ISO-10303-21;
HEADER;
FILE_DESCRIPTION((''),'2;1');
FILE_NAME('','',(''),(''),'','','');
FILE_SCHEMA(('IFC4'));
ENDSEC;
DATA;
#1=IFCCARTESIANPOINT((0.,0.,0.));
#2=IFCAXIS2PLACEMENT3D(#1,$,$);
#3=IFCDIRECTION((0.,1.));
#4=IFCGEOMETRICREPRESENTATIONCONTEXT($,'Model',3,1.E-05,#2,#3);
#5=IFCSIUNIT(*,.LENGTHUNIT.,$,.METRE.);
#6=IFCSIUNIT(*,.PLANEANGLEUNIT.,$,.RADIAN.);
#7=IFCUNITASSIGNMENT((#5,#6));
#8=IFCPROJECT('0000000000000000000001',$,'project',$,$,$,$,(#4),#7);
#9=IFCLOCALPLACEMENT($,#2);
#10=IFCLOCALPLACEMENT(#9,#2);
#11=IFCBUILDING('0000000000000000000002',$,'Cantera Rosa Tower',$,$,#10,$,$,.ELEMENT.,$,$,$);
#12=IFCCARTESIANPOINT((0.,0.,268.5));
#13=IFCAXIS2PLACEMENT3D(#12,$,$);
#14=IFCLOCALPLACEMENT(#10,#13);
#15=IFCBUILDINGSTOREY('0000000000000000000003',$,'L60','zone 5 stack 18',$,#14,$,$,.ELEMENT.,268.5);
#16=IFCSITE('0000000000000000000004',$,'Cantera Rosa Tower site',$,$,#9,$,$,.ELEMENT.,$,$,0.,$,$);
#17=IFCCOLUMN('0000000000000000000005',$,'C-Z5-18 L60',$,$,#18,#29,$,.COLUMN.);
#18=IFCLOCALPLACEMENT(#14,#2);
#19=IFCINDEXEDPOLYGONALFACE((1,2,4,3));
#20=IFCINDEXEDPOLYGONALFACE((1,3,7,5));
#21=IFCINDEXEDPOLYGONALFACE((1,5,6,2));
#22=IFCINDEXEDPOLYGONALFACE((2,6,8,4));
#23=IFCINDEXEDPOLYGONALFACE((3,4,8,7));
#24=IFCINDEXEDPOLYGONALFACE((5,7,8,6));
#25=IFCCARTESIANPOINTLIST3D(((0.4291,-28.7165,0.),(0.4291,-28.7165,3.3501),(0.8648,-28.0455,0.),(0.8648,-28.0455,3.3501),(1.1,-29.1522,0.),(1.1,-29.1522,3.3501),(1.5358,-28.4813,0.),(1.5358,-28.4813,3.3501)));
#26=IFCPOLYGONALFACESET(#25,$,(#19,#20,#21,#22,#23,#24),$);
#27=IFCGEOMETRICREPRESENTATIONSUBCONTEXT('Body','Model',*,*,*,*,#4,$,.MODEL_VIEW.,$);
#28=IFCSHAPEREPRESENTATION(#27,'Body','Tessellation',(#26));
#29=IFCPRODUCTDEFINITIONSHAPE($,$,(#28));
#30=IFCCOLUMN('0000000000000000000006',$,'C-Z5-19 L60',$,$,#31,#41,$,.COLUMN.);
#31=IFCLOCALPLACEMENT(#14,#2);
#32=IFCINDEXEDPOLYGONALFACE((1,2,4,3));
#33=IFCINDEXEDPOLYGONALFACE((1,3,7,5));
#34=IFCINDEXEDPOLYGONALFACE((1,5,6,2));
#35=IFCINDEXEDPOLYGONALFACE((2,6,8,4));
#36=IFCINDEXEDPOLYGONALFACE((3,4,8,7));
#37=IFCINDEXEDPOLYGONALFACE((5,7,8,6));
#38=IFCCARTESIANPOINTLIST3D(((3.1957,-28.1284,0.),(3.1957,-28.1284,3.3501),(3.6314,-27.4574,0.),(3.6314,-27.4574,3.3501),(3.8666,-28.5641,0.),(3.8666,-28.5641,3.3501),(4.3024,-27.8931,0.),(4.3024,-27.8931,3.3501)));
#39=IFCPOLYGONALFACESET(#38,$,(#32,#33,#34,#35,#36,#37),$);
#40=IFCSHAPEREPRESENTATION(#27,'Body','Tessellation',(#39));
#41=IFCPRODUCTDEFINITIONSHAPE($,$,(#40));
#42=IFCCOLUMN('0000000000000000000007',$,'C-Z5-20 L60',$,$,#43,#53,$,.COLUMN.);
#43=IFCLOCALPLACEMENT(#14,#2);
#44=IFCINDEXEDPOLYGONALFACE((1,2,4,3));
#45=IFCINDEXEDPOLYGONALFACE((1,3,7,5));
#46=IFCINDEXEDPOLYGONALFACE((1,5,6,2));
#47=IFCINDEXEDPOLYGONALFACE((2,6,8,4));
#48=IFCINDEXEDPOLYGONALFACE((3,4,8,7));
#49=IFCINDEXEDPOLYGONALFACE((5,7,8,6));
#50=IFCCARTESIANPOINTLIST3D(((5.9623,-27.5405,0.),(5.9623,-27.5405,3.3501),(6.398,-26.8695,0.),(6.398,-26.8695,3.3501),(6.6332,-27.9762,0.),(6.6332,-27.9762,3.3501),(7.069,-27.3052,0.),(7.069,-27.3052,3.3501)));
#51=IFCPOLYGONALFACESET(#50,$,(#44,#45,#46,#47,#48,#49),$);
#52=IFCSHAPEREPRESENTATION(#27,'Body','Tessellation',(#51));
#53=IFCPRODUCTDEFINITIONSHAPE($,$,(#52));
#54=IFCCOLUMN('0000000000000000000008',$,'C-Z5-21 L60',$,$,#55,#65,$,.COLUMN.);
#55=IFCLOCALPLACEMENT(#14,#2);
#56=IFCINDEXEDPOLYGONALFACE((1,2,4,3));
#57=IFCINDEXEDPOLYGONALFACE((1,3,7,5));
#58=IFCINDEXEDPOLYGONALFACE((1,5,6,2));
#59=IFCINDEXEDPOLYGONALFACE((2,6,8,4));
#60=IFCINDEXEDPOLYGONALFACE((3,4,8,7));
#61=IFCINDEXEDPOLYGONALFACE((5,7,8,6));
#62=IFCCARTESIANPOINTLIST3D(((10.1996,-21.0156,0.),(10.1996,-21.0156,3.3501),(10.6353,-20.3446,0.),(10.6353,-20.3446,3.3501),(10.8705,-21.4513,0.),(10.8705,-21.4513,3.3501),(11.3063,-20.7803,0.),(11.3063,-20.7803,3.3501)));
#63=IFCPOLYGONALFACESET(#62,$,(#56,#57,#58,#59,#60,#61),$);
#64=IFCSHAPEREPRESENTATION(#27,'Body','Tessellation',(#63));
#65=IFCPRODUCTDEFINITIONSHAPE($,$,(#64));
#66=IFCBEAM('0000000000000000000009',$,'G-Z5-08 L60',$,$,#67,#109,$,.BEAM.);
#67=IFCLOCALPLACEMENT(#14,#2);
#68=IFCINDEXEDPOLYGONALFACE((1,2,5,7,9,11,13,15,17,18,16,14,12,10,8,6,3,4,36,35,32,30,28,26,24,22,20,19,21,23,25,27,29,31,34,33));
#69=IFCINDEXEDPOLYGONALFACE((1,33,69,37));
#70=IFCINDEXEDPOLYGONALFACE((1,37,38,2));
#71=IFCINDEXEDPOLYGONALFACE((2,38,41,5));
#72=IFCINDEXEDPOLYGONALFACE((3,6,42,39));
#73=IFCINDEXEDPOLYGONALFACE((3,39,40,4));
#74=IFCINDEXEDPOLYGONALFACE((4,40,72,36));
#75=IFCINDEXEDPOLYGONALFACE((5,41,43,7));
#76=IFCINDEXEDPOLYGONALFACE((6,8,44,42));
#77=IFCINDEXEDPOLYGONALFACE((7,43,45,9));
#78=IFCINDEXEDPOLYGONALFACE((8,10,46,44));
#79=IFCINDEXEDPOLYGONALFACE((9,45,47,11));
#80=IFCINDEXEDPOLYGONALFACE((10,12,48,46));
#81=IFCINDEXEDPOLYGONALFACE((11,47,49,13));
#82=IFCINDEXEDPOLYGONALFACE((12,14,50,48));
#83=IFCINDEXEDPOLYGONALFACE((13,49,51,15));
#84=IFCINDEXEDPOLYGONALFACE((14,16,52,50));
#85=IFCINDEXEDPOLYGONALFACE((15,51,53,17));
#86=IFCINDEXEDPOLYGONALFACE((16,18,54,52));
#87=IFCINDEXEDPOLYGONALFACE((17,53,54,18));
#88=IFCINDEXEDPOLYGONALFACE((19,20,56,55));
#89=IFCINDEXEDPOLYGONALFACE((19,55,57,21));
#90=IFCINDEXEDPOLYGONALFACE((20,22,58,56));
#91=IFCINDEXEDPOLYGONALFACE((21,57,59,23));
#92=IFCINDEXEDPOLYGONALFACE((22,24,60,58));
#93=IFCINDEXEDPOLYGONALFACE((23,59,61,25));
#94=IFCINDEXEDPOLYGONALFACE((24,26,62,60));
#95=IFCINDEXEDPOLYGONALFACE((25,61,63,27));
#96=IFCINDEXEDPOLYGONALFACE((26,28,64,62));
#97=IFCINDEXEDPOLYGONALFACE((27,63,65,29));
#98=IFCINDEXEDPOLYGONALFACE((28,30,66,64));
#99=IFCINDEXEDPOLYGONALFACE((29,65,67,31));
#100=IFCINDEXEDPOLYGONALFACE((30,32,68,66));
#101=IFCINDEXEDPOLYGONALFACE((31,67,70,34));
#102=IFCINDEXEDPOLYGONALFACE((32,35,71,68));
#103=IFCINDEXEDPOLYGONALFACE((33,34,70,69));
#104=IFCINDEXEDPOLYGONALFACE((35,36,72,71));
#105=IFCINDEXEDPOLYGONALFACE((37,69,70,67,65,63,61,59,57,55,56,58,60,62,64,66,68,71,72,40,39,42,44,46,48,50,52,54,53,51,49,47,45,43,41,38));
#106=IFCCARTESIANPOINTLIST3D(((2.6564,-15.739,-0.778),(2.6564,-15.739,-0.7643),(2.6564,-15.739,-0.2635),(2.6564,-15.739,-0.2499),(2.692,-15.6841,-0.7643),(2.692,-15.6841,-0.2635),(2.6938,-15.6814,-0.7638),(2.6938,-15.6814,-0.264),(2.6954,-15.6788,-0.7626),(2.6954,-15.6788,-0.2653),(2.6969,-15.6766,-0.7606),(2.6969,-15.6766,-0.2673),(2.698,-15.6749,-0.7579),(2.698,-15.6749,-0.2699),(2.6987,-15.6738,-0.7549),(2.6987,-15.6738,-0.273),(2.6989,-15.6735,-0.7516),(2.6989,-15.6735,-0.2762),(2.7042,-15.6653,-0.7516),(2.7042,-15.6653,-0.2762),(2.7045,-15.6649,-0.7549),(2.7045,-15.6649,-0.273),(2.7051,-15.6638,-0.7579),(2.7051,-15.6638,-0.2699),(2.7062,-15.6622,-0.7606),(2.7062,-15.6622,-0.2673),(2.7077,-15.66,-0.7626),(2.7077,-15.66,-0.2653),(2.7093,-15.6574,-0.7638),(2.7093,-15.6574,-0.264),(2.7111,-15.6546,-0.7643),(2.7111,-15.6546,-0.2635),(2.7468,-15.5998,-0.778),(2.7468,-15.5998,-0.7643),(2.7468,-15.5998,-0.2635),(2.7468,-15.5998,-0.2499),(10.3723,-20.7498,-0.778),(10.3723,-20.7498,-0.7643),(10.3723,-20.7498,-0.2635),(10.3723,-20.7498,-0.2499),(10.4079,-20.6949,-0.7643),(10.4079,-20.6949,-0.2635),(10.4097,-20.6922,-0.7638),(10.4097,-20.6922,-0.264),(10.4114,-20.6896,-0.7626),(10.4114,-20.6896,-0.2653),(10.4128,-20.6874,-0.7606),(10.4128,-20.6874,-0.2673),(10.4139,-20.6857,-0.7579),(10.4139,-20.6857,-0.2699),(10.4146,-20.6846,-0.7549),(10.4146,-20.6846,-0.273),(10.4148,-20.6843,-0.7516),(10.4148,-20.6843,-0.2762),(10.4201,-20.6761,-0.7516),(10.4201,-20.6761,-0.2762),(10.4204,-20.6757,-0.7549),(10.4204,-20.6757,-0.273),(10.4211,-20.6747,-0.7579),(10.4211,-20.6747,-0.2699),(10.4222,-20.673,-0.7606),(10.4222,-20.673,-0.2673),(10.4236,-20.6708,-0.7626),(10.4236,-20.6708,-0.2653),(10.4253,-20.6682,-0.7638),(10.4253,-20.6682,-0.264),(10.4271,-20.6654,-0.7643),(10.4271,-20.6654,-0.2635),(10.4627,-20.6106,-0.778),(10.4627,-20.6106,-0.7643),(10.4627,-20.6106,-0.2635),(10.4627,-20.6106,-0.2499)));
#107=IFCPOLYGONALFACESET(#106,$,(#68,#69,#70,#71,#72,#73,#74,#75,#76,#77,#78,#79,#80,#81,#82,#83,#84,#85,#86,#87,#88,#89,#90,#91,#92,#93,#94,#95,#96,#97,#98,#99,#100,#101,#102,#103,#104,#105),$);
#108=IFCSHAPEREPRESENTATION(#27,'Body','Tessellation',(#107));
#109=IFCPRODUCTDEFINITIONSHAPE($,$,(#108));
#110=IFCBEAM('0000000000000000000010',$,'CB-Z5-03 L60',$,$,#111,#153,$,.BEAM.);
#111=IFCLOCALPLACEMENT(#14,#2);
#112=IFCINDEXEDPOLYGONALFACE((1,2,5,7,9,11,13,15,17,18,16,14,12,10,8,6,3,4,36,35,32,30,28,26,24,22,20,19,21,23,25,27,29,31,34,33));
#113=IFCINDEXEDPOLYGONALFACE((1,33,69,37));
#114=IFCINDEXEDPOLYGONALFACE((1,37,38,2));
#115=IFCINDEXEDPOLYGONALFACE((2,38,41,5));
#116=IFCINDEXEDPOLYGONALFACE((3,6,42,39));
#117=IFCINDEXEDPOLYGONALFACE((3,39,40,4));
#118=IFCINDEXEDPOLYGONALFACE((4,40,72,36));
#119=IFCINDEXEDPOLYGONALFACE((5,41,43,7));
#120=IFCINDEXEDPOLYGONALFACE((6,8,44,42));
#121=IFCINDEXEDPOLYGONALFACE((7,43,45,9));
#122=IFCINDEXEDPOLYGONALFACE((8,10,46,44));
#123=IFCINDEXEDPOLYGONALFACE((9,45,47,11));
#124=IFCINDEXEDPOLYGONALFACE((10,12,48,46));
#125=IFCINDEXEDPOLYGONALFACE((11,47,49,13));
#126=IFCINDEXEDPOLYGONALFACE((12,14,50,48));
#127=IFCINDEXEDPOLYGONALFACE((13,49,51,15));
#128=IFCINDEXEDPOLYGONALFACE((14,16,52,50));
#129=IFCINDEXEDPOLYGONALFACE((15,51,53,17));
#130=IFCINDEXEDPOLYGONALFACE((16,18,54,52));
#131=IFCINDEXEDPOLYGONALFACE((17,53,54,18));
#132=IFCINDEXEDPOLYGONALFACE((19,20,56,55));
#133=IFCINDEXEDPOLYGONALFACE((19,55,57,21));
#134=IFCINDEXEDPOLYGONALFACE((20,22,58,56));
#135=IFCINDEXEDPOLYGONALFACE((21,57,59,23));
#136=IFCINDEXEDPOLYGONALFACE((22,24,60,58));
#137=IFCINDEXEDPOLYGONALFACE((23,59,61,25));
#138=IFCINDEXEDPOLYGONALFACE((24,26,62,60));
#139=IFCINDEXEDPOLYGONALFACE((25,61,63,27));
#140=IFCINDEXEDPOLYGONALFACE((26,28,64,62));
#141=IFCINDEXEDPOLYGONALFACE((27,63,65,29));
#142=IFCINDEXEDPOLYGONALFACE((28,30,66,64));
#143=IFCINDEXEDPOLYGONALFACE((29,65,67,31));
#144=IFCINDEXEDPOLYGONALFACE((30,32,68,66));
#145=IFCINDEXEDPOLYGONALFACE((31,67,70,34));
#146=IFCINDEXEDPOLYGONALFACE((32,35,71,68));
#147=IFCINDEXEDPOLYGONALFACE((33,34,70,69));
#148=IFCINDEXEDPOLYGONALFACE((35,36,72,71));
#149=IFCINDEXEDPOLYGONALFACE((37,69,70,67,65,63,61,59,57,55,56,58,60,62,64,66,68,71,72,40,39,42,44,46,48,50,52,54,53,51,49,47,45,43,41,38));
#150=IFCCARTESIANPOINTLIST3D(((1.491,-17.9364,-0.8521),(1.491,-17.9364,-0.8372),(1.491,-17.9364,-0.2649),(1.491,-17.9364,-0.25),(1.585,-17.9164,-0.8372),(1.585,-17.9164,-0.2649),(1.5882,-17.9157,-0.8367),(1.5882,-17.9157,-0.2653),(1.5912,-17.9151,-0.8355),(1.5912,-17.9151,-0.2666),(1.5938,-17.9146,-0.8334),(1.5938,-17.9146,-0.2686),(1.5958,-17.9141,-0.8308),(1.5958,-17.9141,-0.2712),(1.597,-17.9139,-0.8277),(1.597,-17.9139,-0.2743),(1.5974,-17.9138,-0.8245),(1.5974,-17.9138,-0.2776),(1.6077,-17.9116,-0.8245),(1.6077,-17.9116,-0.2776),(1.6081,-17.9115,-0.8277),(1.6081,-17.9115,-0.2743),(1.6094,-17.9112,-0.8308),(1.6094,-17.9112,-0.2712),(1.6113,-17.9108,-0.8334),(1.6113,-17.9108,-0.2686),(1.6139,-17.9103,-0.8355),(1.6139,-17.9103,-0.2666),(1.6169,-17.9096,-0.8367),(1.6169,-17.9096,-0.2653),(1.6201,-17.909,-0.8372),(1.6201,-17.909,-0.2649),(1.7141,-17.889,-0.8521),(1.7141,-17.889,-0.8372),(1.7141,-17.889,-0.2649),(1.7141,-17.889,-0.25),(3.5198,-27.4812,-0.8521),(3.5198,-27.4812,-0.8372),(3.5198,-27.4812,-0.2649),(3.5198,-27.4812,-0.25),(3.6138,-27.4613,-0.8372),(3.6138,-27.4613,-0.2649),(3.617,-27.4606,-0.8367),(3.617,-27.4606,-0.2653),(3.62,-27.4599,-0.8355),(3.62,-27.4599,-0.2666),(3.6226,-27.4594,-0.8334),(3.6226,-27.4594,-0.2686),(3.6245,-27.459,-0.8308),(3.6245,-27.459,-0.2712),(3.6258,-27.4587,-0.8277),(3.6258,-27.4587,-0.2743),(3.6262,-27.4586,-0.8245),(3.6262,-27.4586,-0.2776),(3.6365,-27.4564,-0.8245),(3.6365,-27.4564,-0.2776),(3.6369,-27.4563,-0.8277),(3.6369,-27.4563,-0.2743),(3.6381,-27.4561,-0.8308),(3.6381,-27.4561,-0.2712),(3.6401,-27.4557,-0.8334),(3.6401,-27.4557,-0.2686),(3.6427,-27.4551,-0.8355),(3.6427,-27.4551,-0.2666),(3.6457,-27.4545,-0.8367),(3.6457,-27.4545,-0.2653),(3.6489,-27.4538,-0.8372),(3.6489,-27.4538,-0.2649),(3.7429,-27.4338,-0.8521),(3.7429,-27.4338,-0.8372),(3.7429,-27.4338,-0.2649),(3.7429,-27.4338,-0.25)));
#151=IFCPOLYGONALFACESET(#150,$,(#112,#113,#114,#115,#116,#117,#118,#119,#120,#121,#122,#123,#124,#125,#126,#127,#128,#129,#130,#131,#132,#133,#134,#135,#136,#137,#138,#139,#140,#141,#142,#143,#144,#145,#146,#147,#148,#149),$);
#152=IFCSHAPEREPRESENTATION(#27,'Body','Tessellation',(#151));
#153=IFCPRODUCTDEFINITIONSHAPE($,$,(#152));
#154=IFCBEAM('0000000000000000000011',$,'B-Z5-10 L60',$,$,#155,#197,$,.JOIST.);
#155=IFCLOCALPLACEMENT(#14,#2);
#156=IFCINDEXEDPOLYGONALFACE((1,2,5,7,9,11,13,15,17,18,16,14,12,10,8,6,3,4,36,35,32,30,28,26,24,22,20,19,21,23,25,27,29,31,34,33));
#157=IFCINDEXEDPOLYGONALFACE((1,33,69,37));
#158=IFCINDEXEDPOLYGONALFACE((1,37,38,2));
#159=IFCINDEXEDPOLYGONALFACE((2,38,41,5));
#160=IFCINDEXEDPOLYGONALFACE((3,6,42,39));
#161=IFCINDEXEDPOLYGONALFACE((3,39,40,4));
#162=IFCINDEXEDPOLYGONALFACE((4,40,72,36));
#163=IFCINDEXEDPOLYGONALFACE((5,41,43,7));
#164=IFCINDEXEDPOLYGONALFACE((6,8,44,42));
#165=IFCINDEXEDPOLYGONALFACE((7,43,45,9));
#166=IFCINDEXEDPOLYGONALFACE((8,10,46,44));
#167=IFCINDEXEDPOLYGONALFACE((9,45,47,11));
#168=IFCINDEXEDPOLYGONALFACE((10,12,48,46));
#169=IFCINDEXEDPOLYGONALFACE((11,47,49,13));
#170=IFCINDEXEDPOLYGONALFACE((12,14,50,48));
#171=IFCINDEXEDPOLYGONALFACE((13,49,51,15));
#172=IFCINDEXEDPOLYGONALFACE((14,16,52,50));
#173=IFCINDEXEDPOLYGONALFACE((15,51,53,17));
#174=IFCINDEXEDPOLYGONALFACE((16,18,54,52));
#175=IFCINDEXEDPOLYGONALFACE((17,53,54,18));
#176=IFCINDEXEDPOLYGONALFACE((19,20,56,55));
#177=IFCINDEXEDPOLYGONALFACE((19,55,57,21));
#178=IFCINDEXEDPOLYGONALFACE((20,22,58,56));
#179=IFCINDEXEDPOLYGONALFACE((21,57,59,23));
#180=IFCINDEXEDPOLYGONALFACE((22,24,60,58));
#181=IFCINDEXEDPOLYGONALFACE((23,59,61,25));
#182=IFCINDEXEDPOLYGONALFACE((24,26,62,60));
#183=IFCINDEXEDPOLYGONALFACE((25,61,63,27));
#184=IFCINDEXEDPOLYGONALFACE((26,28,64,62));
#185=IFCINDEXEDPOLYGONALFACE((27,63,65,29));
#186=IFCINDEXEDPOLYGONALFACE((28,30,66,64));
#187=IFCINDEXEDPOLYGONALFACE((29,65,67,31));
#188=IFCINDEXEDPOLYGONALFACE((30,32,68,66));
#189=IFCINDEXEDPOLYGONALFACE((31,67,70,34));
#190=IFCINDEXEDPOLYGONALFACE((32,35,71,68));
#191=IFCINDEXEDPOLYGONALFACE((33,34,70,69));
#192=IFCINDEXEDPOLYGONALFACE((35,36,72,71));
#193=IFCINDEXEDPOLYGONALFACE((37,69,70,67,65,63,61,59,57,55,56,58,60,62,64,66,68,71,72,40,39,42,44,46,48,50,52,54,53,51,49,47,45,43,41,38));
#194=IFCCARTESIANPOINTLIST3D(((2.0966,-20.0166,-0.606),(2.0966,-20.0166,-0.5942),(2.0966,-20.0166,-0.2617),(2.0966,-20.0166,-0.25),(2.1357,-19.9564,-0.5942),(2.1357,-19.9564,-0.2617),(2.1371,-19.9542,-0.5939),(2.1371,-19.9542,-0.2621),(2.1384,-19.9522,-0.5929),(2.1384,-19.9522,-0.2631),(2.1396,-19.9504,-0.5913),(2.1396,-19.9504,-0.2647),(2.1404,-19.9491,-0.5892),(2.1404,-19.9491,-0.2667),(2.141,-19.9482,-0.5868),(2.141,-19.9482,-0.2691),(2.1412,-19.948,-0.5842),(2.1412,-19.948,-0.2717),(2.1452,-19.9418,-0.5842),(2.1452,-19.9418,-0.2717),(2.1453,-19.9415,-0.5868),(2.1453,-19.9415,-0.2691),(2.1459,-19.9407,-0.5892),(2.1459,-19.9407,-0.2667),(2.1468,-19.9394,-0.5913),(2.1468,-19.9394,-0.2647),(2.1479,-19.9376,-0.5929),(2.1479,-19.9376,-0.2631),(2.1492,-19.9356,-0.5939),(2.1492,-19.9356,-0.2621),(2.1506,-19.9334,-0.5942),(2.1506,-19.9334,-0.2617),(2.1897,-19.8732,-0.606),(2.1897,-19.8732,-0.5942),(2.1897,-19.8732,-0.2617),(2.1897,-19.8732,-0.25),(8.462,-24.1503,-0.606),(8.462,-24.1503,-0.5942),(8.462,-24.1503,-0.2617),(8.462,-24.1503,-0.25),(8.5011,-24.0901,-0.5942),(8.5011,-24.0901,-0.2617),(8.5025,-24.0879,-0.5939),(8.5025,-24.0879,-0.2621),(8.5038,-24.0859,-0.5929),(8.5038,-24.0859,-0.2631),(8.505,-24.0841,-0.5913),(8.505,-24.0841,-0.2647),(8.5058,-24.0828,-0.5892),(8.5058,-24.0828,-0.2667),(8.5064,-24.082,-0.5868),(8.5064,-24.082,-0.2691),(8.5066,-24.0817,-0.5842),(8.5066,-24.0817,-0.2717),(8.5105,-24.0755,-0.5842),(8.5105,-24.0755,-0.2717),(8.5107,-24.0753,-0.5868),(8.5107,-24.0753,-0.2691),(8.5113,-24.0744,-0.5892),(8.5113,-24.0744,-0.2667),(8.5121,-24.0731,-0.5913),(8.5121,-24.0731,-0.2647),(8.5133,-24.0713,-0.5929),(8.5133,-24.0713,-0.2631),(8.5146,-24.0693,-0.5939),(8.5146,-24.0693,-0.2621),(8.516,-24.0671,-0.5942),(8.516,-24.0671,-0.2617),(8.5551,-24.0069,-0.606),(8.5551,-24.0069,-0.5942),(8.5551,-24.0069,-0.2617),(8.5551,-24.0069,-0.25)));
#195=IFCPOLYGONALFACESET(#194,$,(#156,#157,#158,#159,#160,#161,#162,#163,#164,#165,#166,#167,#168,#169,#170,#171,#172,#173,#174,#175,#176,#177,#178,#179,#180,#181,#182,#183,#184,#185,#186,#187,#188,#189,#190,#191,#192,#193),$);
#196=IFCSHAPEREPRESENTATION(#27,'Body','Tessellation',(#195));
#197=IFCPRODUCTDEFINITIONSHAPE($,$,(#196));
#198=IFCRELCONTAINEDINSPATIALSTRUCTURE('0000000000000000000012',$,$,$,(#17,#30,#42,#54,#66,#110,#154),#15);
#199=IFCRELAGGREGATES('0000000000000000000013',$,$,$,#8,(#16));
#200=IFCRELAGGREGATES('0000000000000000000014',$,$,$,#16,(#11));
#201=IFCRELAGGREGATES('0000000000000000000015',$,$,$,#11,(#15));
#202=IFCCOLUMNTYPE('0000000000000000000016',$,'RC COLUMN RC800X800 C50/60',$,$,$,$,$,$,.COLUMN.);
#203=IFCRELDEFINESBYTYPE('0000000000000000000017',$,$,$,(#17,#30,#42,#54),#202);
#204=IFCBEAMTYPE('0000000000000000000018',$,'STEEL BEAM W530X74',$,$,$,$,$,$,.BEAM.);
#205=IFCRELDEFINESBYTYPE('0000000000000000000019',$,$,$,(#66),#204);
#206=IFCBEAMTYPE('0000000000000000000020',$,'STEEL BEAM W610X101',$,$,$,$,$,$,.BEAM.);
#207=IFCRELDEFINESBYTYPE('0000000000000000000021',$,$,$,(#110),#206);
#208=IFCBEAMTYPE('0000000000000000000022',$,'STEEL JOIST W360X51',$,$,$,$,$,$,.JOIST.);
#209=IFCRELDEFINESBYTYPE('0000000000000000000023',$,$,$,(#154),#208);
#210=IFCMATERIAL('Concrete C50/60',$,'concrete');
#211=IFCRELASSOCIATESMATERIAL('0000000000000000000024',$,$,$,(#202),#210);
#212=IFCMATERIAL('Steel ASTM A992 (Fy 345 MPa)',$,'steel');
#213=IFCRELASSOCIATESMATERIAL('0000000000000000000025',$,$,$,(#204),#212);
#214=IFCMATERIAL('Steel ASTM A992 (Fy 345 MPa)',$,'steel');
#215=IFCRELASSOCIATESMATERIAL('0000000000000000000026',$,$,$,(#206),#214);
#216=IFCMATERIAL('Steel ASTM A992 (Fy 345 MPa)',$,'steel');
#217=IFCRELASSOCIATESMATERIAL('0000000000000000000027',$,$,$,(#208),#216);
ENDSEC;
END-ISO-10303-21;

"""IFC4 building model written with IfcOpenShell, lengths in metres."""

from ifc_helpers import new_model, si_unit, direction, frame, origin, origin_2d, place, context, subcontext, project, spatial, rectangle, i_section, extrude, material, material_profile, profile_set, type_object, element, save


model = new_model("IFC4")

# Units and contexts
model_context = context("Model", 3, precision=1e-05, world=origin(), true_north=direction((0.0, 1.0)))
body_context = subcontext(model_context, "Body", "Model", "MODEL_VIEW")
ifc_project = project(units=[si_unit("LENGTHUNIT", "METRE"), si_unit("PLANEANGLEUNIT", "RADIAN")], contexts=[model_context])

# Site, building, storey
site_placement = place(None, origin())
site = spatial("IfcSite", under=ifc_project, at=site_placement, Name="Cantera Rosa Tower site", CompositionType="ELEMENT", RefElevation=0.0)
building_placement = place(site_placement, origin())
building = spatial("IfcBuilding", under=site, at=building_placement, Name="Cantera Rosa Tower", CompositionType="ELEMENT")
storey_placement = place(building_placement, frame((0.0, 0.0, 268.5)))
storey = spatial("IfcBuildingStorey", under=building, at=storey_placement, Name="L60", Description="zone 5 stack 18", CompositionType="ELEMENT", Elevation=268.5)

# Columns
ifc_material_1 = material(Name="Concrete C50/60", Category="concrete")
ifc_material_profile_1 = material_profile(ifc_material_1, rectangle(XDim=0.8, YDim=0.8, at=origin_2d()), Name="RC COLUMN RC800X800 C50/60")
ifc_profile_set_1 = profile_set([ifc_material_profile_1], Name="Concrete C50/60")
column_type = type_object("IfcColumnType", Name="RC COLUMN RC800X800 C50/60", PredefinedType="COLUMN", material=ifc_profile_set_1)
for number, where, z_axis, x_axis, name in (
    (1, (0.9824, -28.5989, 0.0), (0.0, 0.0, 1.0), (0.544639, 0.838671, 0.0), "C-Z5-18 L60"),
    (2, (3.749, -28.0107, 0.0), (0.0, 0.0, 1.0), (0.544639, 0.838671, 0.0), "C-Z5-19 L60"),
    (3, (6.5156, -27.4229, 0.0), (0.0, 0.0, 1.0), (0.544639, 0.838671, 0.0), "C-Z5-20 L60"),
    (4, (10.7529, -20.8979, 0.0), (0.0, 0.0, 1.0), (0.544639, 0.838671, 0.0), "C-Z5-21 L60"),
):
    element("IfcColumn", number, at=place(storey_placement, frame(where, z_axis=z_axis, x_axis=x_axis)), inside=storey, type_object=column_type, Name=name, PredefinedType="COLUMN", context=body_context, shape_type="SweptSolid", body=[
        extrude(rectangle(XDim=0.8, YDim=0.8, at=origin_2d()), origin(), (0.0, 0.0, 1.0), 3.3501),
    ])

# Beams
ifc_material_2 = material(Name="Steel ASTM A992 (Fy 345 MPa)", Category="steel")
ifc_material_profile_2 = material_profile(ifc_material_2, i_section(OverallWidth=0.166, OverallDepth=0.5281, WebThickness=0.0098, FlangeThickness=0.0137, FilletRadius=0.0127, at=origin_2d()), Name="W530X74")
ifc_profile_set_2 = profile_set([ifc_material_profile_2], Name="Steel ASTM A992 (Fy 345 MPa)")
beam_type_1 = type_object("IfcBeamType", Name="STEEL BEAM W530X74", PredefinedType="BEAM", material=ifc_profile_set_2)
beam_1_placement = place(storey_placement, frame((10.4175, -20.6802, -0.5139), z_axis=(-0.838669, 0.544641, 0.0), x_axis=(-0.544641, -0.838669, 0.0)))
element("IfcBeam", 5, at=beam_1_placement, inside=storey, type_object=beam_type_1, Name="G-Z5-08 L60", PredefinedType="BEAM", context=body_context, shape_type="SweptSolid", body=[
    extrude(i_section(OverallWidth=0.166, OverallDepth=0.5281, WebThickness=0.0098, FlangeThickness=0.0137, FilletRadius=0.0127, at=origin_2d()), origin(), (0.0, 0.0, 1.0), 9.2002),
])
ifc_material_3 = material(Name="Steel ASTM A992 (Fy 345 MPa)", Category="steel")
ifc_material_profile_3 = material_profile(ifc_material_3, i_section(OverallWidth=0.228, OverallDepth=0.6021, WebThickness=0.0105, FlangeThickness=0.0149, FilletRadius=0.0127, at=origin_2d()), Name="W610X101")
ifc_profile_set_3 = profile_set([ifc_material_profile_3], Name="Steel ASTM A992 (Fy 345 MPa)")
beam_type_2 = type_object("IfcBeamType", Name="STEEL BEAM W610X101", PredefinedType="BEAM", material=ifc_profile_set_3)
beam_2_placement = place(storey_placement, frame((3.6313, -27.4575, -0.551), z_axis=(-0.207909, 0.978148, 0.0), x_axis=(-0.978148, -0.207909, 0.0)))
element("IfcBeam", 6, at=beam_2_placement, inside=storey, type_object=beam_type_2, Name="CB-Z5-03 L60", PredefinedType="BEAM", context=body_context, shape_type="SweptSolid", body=[
    extrude(i_section(OverallWidth=0.228, OverallDepth=0.6021, WebThickness=0.0105, FlangeThickness=0.0149, FilletRadius=0.0127, at=origin_2d()), origin(), (0.0, 0.0, 1.0), 9.7581),
])
ifc_material_4 = material(Name="Steel ASTM A992 (Fy 345 MPa)", Category="steel")
ifc_material_profile_4 = material_profile(ifc_material_4, i_section(OverallWidth=0.1709, OverallDepth=0.356, WebThickness=0.0073, FlangeThickness=0.0117, FilletRadius=0.01, at=origin_2d()), Name="W360X51")
ifc_profile_set_4 = profile_set([ifc_material_profile_4], Name="Steel ASTM A992 (Fy 345 MPa)")
beam_type_3 = type_object("IfcBeamType", Name="STEEL JOIST W360X51", PredefinedType="JOIST", material=ifc_profile_set_4)
beam_3_placement = place(storey_placement, frame((8.5085, -24.0786, -0.428), z_axis=(-0.838671, 0.544639, 0.0), x_axis=(-0.544639, -0.838671, 0.0)))
element("IfcBeam", 7, at=beam_3_placement, inside=storey, type_object=beam_type_3, Name="B-Z5-10 L60", PredefinedType="JOIST", context=body_context, shape_type="SweptSolid", body=[
    extrude(i_section(OverallWidth=0.1709, OverallDepth=0.356, WebThickness=0.0073, FlangeThickness=0.0117, FilletRadius=0.01, at=origin_2d()), origin(), (0.0, 0.0, 1.0), 7.5898),
])

save(model, "model.ifc")
